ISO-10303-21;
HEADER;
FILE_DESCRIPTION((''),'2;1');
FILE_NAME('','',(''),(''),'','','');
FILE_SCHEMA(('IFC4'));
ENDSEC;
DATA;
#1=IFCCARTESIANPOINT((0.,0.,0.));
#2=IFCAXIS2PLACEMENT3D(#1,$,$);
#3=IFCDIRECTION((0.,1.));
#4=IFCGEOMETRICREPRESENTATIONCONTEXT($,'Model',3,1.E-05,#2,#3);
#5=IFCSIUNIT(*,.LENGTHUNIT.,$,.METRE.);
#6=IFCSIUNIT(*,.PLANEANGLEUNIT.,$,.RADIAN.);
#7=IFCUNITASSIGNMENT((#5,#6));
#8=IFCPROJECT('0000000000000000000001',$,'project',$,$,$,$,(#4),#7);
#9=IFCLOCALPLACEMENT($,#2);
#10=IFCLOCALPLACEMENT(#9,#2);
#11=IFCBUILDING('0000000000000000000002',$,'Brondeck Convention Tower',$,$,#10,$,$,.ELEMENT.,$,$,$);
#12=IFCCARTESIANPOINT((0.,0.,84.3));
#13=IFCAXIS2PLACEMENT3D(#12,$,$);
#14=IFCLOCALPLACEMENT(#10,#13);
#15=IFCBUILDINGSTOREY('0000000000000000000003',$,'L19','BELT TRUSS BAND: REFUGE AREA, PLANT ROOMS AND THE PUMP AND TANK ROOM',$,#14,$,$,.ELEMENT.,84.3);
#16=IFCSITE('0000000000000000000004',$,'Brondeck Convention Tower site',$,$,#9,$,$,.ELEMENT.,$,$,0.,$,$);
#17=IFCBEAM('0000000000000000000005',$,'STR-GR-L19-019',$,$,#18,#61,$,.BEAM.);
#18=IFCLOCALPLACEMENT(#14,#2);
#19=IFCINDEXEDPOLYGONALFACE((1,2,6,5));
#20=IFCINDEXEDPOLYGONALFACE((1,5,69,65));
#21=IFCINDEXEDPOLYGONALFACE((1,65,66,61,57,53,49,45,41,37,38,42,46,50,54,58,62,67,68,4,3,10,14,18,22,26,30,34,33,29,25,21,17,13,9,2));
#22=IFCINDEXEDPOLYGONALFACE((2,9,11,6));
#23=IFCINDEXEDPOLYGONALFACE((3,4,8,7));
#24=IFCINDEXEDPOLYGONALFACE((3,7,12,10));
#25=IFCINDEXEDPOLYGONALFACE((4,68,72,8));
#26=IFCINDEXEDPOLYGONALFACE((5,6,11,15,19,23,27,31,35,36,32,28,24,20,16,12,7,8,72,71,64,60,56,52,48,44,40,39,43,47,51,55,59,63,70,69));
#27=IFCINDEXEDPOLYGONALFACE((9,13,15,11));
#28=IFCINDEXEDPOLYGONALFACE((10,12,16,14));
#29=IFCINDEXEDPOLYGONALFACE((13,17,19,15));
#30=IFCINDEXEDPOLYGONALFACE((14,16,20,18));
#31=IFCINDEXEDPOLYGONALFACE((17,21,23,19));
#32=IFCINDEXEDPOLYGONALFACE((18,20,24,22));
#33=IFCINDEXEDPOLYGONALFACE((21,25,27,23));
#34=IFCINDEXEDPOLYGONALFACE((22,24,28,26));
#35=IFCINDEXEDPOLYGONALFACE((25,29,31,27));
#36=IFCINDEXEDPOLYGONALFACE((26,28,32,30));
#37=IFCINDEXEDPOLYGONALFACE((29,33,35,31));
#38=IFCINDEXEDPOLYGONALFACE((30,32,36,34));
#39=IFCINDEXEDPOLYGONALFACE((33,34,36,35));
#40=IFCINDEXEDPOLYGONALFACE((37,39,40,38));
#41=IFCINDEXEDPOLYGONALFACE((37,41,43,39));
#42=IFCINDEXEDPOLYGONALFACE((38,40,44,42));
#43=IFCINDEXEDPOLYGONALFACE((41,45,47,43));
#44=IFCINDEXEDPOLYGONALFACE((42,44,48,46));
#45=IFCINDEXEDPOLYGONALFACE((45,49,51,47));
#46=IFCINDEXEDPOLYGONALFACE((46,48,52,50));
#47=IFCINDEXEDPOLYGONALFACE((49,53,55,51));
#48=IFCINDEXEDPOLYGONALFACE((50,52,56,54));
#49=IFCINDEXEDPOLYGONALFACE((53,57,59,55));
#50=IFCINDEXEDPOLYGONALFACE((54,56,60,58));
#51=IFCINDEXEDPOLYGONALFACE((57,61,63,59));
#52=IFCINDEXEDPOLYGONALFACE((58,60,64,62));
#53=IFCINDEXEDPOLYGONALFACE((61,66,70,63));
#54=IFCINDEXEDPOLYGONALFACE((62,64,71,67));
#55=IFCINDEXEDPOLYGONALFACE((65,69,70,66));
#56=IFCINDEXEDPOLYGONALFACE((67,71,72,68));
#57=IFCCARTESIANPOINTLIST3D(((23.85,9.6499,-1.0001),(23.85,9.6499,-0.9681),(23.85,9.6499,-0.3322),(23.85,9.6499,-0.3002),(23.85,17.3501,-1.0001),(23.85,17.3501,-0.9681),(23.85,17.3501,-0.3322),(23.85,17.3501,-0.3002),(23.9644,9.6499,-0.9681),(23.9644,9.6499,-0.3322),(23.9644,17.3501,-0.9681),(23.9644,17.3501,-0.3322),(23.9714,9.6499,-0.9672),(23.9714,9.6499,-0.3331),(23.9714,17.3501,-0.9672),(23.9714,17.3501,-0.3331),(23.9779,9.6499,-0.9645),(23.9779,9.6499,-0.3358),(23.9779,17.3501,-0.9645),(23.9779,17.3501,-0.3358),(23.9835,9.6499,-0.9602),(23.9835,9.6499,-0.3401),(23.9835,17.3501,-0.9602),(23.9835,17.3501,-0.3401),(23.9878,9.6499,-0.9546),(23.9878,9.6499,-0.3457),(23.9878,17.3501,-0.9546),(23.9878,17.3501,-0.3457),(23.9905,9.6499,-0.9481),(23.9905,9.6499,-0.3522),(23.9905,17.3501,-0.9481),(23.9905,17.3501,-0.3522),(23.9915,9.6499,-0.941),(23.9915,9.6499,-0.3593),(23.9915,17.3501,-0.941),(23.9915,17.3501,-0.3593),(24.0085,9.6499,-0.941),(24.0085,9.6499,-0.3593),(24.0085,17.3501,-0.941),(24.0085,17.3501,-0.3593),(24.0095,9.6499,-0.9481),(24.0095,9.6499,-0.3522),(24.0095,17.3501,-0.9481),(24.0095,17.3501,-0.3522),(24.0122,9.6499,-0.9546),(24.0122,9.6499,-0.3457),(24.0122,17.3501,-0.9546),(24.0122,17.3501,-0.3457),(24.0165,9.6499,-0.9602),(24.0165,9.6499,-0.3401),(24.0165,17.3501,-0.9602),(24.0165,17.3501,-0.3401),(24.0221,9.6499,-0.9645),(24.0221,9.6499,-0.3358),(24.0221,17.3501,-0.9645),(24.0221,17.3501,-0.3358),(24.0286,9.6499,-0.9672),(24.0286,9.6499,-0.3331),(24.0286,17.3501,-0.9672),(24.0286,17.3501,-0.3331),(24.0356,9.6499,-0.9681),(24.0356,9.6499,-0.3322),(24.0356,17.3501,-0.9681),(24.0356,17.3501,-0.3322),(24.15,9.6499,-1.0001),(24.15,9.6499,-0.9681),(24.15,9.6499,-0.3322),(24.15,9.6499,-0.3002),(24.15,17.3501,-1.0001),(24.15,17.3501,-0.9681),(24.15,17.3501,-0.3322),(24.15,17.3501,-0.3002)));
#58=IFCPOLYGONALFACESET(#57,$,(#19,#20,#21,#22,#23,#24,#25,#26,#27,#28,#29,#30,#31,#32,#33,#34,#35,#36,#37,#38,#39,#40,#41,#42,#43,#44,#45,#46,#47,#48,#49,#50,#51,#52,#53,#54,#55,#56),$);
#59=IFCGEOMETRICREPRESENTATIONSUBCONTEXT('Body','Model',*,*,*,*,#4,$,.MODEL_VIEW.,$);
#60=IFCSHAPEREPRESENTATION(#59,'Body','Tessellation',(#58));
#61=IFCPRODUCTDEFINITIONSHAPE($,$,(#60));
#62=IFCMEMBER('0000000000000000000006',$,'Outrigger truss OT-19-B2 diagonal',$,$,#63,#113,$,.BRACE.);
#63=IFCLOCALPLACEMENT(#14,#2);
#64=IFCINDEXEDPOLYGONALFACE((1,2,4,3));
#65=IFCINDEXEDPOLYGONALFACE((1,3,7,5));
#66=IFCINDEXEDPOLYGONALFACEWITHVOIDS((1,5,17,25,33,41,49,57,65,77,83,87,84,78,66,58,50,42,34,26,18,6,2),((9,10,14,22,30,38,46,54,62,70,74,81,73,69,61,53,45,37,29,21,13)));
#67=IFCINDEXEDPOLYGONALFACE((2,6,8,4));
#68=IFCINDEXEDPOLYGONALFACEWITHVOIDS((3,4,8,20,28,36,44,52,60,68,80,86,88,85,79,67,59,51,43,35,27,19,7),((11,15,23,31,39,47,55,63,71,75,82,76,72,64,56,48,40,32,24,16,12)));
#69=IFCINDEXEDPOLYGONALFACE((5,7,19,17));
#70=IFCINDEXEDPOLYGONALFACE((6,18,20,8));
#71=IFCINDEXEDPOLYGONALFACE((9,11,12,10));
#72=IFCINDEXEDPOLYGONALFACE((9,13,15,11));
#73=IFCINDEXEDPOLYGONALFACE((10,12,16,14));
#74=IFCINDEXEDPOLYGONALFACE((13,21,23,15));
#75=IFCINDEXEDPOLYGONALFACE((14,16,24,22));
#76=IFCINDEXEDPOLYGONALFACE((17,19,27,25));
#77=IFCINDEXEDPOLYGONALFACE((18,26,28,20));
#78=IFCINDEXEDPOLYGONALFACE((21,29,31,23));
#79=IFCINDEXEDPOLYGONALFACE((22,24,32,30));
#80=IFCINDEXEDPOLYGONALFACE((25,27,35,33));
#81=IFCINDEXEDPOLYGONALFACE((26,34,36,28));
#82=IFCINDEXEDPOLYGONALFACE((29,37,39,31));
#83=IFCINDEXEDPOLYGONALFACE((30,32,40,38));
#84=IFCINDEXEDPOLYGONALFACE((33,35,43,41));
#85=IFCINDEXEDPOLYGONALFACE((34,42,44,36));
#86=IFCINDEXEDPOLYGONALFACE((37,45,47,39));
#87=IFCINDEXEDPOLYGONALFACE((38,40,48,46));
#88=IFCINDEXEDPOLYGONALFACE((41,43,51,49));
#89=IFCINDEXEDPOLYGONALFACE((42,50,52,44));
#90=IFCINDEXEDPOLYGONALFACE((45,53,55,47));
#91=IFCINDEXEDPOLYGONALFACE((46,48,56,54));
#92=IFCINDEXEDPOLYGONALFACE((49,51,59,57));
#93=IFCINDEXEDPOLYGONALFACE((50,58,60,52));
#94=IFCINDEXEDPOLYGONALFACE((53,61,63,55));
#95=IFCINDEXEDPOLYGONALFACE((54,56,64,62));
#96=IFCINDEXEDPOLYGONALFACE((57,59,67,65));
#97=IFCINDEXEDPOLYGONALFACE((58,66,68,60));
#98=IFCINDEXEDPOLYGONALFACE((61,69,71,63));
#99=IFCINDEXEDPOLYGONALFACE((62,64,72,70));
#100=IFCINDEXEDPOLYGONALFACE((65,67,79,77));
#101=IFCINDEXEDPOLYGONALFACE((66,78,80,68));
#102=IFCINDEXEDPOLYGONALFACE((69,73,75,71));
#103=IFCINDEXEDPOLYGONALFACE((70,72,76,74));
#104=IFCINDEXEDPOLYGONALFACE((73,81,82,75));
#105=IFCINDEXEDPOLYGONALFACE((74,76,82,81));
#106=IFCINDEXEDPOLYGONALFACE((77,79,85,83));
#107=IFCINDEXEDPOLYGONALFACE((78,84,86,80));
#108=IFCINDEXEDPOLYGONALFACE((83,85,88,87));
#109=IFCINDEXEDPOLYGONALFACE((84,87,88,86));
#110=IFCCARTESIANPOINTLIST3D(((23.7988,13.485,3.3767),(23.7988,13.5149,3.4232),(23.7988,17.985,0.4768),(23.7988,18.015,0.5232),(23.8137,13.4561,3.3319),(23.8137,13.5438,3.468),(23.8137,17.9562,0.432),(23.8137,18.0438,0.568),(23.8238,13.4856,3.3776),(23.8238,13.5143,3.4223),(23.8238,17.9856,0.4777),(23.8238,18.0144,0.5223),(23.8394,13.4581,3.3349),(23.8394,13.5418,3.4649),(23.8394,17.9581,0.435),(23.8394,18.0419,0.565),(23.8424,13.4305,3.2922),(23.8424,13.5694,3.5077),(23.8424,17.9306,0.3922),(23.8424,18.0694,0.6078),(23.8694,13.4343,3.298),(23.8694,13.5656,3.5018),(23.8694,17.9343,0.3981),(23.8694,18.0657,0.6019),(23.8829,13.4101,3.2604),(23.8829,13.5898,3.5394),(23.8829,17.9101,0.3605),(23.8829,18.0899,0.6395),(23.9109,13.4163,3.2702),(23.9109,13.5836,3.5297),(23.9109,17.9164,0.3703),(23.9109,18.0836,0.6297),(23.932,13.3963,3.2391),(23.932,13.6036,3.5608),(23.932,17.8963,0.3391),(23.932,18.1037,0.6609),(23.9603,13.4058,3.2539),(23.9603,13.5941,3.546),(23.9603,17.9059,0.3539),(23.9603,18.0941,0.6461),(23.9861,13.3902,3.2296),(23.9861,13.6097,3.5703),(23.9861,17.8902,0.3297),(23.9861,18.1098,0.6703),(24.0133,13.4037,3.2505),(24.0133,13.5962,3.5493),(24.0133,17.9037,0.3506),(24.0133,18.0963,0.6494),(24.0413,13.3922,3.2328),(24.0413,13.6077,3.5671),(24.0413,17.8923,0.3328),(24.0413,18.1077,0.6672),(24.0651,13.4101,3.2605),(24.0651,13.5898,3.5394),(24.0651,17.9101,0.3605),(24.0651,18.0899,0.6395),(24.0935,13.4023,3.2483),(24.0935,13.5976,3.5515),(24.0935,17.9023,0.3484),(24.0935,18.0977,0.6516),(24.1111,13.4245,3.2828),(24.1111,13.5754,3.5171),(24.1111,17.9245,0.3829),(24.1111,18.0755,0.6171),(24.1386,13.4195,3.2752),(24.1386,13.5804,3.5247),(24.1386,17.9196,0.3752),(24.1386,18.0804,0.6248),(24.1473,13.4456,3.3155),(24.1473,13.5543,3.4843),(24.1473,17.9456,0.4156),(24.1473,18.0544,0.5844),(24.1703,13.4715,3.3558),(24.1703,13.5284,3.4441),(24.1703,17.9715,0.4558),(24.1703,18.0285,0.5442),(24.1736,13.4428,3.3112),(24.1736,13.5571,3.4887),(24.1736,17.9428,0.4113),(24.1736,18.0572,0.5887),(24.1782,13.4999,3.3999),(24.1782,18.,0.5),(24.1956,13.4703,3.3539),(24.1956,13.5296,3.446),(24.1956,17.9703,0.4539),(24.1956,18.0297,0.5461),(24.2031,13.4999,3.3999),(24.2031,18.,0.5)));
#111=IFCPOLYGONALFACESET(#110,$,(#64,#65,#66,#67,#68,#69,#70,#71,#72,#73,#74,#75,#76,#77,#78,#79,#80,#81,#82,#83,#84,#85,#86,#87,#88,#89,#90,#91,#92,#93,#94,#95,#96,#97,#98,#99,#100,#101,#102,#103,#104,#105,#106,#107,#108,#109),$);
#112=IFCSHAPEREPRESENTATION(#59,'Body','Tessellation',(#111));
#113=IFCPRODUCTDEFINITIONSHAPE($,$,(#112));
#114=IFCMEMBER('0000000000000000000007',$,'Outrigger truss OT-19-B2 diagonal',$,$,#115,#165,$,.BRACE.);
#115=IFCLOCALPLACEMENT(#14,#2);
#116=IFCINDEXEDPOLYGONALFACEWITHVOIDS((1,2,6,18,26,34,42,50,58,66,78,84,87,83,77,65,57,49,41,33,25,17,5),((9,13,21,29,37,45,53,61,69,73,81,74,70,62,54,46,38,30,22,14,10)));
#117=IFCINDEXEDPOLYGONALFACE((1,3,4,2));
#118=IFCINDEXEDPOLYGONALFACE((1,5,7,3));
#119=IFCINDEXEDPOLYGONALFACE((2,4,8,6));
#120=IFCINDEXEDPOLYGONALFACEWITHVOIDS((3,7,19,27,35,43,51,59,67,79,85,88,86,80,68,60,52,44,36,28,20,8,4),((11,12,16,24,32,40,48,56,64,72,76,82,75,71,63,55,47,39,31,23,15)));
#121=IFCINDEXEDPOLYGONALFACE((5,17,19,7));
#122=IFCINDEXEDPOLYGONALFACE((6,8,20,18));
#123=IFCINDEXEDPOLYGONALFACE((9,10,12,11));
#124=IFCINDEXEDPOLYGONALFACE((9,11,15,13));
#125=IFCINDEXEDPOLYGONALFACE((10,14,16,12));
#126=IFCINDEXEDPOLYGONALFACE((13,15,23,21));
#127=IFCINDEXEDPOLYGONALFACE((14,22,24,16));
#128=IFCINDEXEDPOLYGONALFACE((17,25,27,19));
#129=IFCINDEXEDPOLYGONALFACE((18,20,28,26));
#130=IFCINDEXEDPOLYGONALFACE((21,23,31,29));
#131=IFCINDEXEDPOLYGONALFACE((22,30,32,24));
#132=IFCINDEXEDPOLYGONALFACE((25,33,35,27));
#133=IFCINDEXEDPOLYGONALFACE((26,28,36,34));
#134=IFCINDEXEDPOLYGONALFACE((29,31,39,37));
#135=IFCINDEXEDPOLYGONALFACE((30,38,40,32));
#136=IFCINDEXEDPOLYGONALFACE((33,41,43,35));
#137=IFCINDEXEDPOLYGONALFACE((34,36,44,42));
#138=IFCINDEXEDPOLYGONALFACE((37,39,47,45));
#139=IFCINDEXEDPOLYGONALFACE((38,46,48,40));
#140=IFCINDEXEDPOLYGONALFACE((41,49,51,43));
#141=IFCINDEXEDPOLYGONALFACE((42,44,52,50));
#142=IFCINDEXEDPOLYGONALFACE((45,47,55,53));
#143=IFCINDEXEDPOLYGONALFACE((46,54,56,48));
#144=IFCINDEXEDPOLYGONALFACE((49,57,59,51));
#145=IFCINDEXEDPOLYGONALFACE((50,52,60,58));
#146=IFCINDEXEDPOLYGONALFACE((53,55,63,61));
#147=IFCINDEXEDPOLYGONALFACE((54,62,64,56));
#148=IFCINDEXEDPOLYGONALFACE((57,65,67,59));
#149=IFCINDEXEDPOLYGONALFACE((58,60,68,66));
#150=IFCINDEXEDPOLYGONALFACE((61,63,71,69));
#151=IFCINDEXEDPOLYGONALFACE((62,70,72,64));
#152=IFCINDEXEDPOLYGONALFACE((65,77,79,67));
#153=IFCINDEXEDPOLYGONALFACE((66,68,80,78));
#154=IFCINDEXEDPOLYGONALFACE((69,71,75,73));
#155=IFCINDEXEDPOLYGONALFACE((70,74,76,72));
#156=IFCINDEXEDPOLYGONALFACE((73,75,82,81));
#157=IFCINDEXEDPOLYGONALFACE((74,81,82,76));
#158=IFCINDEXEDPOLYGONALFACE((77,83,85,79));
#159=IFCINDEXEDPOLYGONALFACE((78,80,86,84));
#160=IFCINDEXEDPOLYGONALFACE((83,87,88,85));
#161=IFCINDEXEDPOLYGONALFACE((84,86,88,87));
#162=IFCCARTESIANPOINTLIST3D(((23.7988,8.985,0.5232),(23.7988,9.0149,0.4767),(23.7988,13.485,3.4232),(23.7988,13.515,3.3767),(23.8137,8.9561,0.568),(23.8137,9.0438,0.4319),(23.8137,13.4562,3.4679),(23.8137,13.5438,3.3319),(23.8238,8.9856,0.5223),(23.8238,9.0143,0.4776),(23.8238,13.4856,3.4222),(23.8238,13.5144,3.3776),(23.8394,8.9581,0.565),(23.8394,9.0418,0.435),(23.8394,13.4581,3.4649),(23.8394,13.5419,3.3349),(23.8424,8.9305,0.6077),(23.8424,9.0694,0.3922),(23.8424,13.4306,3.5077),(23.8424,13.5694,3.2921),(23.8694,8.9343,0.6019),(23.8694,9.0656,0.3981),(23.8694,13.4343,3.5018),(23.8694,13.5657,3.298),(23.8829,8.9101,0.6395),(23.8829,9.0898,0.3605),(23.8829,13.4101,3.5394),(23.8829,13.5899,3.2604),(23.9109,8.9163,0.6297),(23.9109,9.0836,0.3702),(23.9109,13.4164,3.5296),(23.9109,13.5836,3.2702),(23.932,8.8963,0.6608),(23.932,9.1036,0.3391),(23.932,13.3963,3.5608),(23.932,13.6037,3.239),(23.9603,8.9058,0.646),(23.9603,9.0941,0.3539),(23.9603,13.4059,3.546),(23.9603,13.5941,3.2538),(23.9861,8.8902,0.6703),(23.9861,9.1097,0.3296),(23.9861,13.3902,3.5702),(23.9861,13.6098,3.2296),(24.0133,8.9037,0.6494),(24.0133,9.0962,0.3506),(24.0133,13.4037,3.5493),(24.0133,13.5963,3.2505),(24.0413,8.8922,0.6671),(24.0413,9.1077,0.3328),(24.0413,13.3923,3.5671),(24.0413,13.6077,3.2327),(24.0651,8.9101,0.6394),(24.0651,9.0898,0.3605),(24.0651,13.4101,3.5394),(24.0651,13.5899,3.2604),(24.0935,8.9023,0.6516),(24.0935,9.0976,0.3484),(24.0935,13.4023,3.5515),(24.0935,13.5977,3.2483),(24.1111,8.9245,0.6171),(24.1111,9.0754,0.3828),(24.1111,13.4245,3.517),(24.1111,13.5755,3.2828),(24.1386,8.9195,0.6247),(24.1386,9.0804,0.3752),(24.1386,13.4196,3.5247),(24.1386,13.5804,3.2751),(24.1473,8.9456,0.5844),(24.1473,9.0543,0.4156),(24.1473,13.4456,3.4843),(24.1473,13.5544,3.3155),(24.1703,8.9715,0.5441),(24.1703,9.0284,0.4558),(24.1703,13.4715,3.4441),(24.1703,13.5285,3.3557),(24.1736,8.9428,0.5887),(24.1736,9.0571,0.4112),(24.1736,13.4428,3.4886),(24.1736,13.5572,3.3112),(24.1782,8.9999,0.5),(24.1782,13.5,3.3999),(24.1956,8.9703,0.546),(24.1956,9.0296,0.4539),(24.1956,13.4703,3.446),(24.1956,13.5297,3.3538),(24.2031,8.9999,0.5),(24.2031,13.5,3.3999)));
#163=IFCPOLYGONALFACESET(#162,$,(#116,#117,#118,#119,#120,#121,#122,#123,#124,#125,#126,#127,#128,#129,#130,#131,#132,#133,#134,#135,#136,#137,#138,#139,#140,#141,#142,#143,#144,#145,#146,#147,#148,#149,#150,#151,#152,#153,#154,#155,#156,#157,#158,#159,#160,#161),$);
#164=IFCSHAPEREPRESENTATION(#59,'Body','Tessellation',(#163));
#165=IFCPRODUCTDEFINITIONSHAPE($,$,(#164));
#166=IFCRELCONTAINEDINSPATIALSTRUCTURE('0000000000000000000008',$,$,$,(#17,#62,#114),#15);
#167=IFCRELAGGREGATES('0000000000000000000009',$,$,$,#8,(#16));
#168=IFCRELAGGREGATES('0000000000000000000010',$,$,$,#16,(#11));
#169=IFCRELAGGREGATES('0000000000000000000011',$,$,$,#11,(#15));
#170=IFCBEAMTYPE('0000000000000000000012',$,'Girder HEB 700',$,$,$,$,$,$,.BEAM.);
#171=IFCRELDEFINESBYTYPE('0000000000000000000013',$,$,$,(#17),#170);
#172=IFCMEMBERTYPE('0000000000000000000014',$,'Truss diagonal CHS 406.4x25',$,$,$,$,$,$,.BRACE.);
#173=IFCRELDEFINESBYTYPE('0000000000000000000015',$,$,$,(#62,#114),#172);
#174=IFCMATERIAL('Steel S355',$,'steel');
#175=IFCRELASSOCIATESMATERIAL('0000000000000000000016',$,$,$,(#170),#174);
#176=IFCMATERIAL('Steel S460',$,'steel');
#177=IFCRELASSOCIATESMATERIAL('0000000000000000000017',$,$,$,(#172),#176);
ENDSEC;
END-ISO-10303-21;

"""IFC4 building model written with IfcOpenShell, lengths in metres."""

from ifc_helpers import new_model, si_unit, direction, frame, origin, origin_2d, place, context, subcontext, project, spatial, hollow_circle, i_section, extrude, material, material_profile, profile_set, type_object, element, save


model = new_model("IFC4")

# Units and contexts
model_context = context("Model", 3, precision=1e-05, world=origin(), true_north=direction((0.0, 1.0)))
body_context = subcontext(model_context, "Body", "Model", "MODEL_VIEW")
ifc_project = project(units=[si_unit("LENGTHUNIT", "METRE"), si_unit("PLANEANGLEUNIT", "RADIAN")], contexts=[model_context])

# Site, building, storey
site_placement = place(None, origin())
site = spatial("IfcSite", under=ifc_project, at=site_placement, Name="Brondeck Convention Tower site", CompositionType="ELEMENT", RefElevation=0.0)
building_placement = place(site_placement, origin())
building = spatial("IfcBuilding", under=site, at=building_placement, Name="Brondeck Convention Tower", CompositionType="ELEMENT")
storey_placement = place(building_placement, frame((0.0, 0.0, 84.3)))
storey = spatial("IfcBuildingStorey", under=building, at=storey_placement, Name="L19", Description="BELT TRUSS BAND: REFUGE AREA, PLANT ROOMS AND THE PUMP AND TANK ROOM", CompositionType="ELEMENT", Elevation=84.3)

# Beam
ifc_material_1 = material(Name="Steel S355", Category="steel")
ifc_material_profile_1 = material_profile(ifc_material_1, i_section(OverallWidth=0.3, OverallDepth=0.7, WebThickness=0.0171, FlangeThickness=0.032, FilletRadius=0.0271, at=origin_2d()), Name="HEB 700")
ifc_profile_set_1 = profile_set([ifc_material_profile_1], Name="Steel S355")
beam_type_1 = type_object("IfcBeamType", Name="Girder HEB 700", PredefinedType="BEAM", material=ifc_profile_set_1)
for number, where, z_axis, x_axis, name in (
    (1, (24.0, 17.3501, -0.6501), (0.0, -1.0, 0.0), (1.0, 0.0, 0.0), "STR-GR-L19-019"),
):
    element("IfcBeam", number, at=place(storey_placement, frame(where, z_axis=z_axis, x_axis=x_axis)), inside=storey, type_object=beam_type_1, Name=name, PredefinedType="BEAM", context=body_context, shape_type="SweptSolid", body=[
        extrude(i_section(OverallWidth=0.3, OverallDepth=0.7, WebThickness=0.0171, FlangeThickness=0.032, FilletRadius=0.0271, at=origin_2d()), origin(), (0.0, 0.0, 1.0), 7.7002),
    ])

# Members
ifc_material_2 = material(Name="Steel S460", Category="steel")
ifc_material_profile_2 = material_profile(ifc_material_2, hollow_circle(Radius=0.2031, WallThickness=0.0249, at=origin_2d()), Name="CHS 406.4x25")
ifc_profile_set_2 = profile_set([ifc_material_profile_2], Name="Steel S460")
member_type_1 = type_object("IfcMemberType", Name="Truss diagonal CHS 406.4x25", PredefinedType="BRACE", material=ifc_profile_set_2)
for number, where, z_axis, x_axis, name in (
    (2, (24.0, 18.0, 0.5), (0.0, -0.840579, 0.541688), (1.0, 0.0, 0.0), "Outrigger truss OT-19-B2 diagonal"),
    (3, (24.0, 13.5, 3.3999), (0.0, -0.840579, -0.541688), (1.0, 0.0, 0.0), "Outrigger truss OT-19-B2 diagonal"),
):
    element("IfcMember", number, at=place(storey_placement, frame(where, z_axis=z_axis, x_axis=x_axis)), inside=storey, type_object=member_type_1, Name=name, PredefinedType="BRACE", context=body_context, shape_type="SweptSolid", body=[
        extrude(hollow_circle(Radius=0.2031, WallThickness=0.0249, at=origin_2d()), origin(), (0.0, 0.0, 1.0), 5.3535),
    ])

save(model, "model.ifc")
